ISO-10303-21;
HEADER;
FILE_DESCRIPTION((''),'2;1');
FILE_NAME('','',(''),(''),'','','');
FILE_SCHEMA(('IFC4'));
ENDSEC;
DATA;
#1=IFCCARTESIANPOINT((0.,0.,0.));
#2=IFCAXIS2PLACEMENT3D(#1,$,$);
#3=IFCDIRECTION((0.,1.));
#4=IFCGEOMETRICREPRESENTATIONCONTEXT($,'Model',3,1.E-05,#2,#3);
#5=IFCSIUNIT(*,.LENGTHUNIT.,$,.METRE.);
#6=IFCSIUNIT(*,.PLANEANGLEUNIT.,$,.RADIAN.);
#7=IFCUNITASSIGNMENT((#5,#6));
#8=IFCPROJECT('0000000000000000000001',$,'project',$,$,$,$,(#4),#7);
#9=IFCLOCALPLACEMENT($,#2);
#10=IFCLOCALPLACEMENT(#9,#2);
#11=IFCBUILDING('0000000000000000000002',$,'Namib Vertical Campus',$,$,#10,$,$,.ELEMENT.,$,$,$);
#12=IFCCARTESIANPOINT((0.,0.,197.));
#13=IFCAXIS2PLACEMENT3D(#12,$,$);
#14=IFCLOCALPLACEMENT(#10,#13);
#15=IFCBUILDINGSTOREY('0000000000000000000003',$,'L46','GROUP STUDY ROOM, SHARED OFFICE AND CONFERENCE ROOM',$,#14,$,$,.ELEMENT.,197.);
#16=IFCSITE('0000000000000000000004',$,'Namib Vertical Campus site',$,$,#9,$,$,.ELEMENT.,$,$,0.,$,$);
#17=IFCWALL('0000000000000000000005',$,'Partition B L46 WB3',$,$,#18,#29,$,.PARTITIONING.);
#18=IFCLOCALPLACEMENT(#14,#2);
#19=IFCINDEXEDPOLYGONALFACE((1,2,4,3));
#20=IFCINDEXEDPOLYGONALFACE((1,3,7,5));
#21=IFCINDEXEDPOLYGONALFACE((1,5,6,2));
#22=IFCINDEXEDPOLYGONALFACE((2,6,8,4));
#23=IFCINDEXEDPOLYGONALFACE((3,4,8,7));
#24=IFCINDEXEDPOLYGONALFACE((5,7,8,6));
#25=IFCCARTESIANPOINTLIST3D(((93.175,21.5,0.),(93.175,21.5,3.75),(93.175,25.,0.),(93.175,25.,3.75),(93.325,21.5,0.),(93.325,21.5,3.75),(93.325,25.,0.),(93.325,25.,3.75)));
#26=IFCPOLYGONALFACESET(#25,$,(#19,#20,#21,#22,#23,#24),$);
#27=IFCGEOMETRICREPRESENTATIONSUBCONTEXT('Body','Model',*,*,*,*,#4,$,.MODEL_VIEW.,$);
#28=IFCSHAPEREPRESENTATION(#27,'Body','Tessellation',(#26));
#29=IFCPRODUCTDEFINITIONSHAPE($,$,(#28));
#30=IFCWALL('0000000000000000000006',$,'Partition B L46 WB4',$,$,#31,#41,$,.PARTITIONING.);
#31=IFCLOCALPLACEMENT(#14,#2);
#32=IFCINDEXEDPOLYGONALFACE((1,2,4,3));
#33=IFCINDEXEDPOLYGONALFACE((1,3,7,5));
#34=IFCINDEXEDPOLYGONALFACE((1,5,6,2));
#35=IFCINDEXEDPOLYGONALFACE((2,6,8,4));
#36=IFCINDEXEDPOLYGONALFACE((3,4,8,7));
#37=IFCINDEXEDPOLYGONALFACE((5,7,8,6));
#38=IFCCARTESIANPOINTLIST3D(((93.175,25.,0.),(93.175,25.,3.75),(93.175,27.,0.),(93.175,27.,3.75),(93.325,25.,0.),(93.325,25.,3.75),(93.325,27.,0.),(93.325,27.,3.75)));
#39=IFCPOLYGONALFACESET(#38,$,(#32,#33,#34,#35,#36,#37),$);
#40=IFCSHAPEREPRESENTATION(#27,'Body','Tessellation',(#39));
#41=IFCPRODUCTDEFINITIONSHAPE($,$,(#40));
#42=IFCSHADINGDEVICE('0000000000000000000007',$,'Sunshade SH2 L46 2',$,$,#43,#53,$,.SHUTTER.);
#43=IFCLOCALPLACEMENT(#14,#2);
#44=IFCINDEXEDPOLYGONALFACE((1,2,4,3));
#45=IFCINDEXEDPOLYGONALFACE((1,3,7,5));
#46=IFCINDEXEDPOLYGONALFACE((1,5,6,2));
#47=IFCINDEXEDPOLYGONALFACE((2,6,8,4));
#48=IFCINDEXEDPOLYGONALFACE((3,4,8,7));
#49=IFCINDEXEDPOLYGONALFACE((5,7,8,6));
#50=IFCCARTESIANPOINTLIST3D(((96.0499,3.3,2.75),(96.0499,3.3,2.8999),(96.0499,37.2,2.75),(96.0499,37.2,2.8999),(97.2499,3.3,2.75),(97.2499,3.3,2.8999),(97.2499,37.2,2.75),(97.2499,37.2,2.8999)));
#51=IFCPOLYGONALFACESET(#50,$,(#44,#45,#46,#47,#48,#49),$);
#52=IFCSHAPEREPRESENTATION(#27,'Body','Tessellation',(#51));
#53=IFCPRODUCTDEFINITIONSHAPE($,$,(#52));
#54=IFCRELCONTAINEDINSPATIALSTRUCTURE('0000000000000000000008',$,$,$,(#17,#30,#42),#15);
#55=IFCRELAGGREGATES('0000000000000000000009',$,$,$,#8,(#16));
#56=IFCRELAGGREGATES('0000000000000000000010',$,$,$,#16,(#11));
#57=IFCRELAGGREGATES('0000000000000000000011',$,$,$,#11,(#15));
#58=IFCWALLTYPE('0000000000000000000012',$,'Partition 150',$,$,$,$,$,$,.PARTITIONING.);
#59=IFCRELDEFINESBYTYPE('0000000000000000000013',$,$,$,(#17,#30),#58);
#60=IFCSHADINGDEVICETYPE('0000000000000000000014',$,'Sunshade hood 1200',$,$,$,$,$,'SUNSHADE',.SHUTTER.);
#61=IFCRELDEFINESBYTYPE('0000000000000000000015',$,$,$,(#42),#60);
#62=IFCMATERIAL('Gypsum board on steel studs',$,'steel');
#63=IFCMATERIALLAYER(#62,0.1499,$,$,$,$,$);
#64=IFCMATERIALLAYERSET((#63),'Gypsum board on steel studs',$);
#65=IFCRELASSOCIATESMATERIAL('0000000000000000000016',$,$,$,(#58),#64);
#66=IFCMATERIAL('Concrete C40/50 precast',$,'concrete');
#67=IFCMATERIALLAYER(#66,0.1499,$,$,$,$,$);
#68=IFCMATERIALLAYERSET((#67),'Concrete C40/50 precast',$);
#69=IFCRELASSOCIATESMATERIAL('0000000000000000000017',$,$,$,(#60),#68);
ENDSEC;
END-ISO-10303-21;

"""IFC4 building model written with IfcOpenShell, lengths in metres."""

from ifc_helpers import new_model, si_unit, direction, frame, frame_2d, origin, origin_2d, place, context, subcontext, project, spatial, rectangle, extrude, material, layer, layer_set, type_object, element, save


model = new_model("IFC4")

# Units and contexts
model_context = context("Model", 3, precision=1e-05, world=origin(), true_north=direction((0.0, 1.0)))
body_context = subcontext(model_context, "Body", "Model", "MODEL_VIEW")
ifc_project = project(units=[si_unit("LENGTHUNIT", "METRE"), si_unit("PLANEANGLEUNIT", "RADIAN")], contexts=[model_context])

# Site, building, storey
site_placement = place(None, origin())
site = spatial("IfcSite", under=ifc_project, at=site_placement, Name="Namib Vertical Campus site", CompositionType="ELEMENT", RefElevation=0.0)
building_placement = place(site_placement, origin())
building = spatial("IfcBuilding", under=site, at=building_placement, Name="Namib Vertical Campus", CompositionType="ELEMENT")
storey_placement = place(building_placement, frame((0.0, 0.0, 197.0)))
storey = spatial("IfcBuildingStorey", under=building, at=storey_placement, Name="L46", Description="GROUP STUDY ROOM, SHARED OFFICE AND CONFERENCE ROOM", CompositionType="ELEMENT", Elevation=197.0)

# Walls
ifc_material_1 = material(Name="Gypsum board on steel studs", Category="steel")
ifc_layer_1 = layer(ifc_material_1, 0.1499)
ifc_layer_set_1 = layer_set([ifc_layer_1], Name="Gypsum board on steel studs")
wall_type_1 = type_object("IfcWallType", Name="Partition 150", PredefinedType="PARTITIONING", material=ifc_layer_set_1)
wall_1_placement = place(storey_placement, frame((93.25, 21.5, 0.0), z_axis=(0.0, 0.0, 1.0), x_axis=(0.0, 1.0, 0.0)))
element("IfcWall", 1, at=wall_1_placement, inside=storey, type_object=wall_type_1, Name="Partition B L46 WB3", PredefinedType="PARTITIONING", context=body_context, shape_type="SweptSolid", body=[
    extrude(rectangle(XDim=3.5, YDim=0.1499, at=frame_2d((1.75, 0.0))), origin(), (0.0, 0.0, 1.0), 3.75),
])
wall_2_placement = place(storey_placement, frame((93.25, 25.0, 0.0), z_axis=(0.0, 0.0, 1.0), x_axis=(0.0, 1.0, 0.0)))
element("IfcWall", 2, at=wall_2_placement, inside=storey, type_object=wall_type_1, Name="Partition B L46 WB4", PredefinedType="PARTITIONING", context=body_context, shape_type="SweptSolid", body=[
    extrude(rectangle(XDim=2.0, YDim=0.1499, at=frame_2d((1.0, 0.0))), origin(), (0.0, 0.0, 1.0), 3.75),
])

# Shading device
ifc_material_2 = material(Name="Concrete C40/50 precast", Category="concrete")
ifc_layer_2 = layer(ifc_material_2, 0.1499)
ifc_layer_set_2 = layer_set([ifc_layer_2], Name="Concrete C40/50 precast")
shading_device_type = type_object("IfcShadingDeviceType", Name="Sunshade hood 1200", ElementType="SUNSHADE", PredefinedType="SHUTTER", material=ifc_layer_set_2)
shading_device_placement = place(storey_placement, frame((96.6499, 20.25, 2.75), z_axis=(0.0, 0.0, 1.0), x_axis=(0.0, 1.0, 0.0)))
element("IfcShadingDevice", 3, at=shading_device_placement, inside=storey, type_object=shading_device_type, Name="Sunshade SH2 L46 2", PredefinedType="SHUTTER", context=body_context, shape_type="SweptSolid", body=[
    extrude(rectangle(XDim=33.8999, YDim=1.2, at=origin_2d()), origin(), (0.0, 0.0, 1.0), 0.1499),
])

save(model, "model.ifc")
